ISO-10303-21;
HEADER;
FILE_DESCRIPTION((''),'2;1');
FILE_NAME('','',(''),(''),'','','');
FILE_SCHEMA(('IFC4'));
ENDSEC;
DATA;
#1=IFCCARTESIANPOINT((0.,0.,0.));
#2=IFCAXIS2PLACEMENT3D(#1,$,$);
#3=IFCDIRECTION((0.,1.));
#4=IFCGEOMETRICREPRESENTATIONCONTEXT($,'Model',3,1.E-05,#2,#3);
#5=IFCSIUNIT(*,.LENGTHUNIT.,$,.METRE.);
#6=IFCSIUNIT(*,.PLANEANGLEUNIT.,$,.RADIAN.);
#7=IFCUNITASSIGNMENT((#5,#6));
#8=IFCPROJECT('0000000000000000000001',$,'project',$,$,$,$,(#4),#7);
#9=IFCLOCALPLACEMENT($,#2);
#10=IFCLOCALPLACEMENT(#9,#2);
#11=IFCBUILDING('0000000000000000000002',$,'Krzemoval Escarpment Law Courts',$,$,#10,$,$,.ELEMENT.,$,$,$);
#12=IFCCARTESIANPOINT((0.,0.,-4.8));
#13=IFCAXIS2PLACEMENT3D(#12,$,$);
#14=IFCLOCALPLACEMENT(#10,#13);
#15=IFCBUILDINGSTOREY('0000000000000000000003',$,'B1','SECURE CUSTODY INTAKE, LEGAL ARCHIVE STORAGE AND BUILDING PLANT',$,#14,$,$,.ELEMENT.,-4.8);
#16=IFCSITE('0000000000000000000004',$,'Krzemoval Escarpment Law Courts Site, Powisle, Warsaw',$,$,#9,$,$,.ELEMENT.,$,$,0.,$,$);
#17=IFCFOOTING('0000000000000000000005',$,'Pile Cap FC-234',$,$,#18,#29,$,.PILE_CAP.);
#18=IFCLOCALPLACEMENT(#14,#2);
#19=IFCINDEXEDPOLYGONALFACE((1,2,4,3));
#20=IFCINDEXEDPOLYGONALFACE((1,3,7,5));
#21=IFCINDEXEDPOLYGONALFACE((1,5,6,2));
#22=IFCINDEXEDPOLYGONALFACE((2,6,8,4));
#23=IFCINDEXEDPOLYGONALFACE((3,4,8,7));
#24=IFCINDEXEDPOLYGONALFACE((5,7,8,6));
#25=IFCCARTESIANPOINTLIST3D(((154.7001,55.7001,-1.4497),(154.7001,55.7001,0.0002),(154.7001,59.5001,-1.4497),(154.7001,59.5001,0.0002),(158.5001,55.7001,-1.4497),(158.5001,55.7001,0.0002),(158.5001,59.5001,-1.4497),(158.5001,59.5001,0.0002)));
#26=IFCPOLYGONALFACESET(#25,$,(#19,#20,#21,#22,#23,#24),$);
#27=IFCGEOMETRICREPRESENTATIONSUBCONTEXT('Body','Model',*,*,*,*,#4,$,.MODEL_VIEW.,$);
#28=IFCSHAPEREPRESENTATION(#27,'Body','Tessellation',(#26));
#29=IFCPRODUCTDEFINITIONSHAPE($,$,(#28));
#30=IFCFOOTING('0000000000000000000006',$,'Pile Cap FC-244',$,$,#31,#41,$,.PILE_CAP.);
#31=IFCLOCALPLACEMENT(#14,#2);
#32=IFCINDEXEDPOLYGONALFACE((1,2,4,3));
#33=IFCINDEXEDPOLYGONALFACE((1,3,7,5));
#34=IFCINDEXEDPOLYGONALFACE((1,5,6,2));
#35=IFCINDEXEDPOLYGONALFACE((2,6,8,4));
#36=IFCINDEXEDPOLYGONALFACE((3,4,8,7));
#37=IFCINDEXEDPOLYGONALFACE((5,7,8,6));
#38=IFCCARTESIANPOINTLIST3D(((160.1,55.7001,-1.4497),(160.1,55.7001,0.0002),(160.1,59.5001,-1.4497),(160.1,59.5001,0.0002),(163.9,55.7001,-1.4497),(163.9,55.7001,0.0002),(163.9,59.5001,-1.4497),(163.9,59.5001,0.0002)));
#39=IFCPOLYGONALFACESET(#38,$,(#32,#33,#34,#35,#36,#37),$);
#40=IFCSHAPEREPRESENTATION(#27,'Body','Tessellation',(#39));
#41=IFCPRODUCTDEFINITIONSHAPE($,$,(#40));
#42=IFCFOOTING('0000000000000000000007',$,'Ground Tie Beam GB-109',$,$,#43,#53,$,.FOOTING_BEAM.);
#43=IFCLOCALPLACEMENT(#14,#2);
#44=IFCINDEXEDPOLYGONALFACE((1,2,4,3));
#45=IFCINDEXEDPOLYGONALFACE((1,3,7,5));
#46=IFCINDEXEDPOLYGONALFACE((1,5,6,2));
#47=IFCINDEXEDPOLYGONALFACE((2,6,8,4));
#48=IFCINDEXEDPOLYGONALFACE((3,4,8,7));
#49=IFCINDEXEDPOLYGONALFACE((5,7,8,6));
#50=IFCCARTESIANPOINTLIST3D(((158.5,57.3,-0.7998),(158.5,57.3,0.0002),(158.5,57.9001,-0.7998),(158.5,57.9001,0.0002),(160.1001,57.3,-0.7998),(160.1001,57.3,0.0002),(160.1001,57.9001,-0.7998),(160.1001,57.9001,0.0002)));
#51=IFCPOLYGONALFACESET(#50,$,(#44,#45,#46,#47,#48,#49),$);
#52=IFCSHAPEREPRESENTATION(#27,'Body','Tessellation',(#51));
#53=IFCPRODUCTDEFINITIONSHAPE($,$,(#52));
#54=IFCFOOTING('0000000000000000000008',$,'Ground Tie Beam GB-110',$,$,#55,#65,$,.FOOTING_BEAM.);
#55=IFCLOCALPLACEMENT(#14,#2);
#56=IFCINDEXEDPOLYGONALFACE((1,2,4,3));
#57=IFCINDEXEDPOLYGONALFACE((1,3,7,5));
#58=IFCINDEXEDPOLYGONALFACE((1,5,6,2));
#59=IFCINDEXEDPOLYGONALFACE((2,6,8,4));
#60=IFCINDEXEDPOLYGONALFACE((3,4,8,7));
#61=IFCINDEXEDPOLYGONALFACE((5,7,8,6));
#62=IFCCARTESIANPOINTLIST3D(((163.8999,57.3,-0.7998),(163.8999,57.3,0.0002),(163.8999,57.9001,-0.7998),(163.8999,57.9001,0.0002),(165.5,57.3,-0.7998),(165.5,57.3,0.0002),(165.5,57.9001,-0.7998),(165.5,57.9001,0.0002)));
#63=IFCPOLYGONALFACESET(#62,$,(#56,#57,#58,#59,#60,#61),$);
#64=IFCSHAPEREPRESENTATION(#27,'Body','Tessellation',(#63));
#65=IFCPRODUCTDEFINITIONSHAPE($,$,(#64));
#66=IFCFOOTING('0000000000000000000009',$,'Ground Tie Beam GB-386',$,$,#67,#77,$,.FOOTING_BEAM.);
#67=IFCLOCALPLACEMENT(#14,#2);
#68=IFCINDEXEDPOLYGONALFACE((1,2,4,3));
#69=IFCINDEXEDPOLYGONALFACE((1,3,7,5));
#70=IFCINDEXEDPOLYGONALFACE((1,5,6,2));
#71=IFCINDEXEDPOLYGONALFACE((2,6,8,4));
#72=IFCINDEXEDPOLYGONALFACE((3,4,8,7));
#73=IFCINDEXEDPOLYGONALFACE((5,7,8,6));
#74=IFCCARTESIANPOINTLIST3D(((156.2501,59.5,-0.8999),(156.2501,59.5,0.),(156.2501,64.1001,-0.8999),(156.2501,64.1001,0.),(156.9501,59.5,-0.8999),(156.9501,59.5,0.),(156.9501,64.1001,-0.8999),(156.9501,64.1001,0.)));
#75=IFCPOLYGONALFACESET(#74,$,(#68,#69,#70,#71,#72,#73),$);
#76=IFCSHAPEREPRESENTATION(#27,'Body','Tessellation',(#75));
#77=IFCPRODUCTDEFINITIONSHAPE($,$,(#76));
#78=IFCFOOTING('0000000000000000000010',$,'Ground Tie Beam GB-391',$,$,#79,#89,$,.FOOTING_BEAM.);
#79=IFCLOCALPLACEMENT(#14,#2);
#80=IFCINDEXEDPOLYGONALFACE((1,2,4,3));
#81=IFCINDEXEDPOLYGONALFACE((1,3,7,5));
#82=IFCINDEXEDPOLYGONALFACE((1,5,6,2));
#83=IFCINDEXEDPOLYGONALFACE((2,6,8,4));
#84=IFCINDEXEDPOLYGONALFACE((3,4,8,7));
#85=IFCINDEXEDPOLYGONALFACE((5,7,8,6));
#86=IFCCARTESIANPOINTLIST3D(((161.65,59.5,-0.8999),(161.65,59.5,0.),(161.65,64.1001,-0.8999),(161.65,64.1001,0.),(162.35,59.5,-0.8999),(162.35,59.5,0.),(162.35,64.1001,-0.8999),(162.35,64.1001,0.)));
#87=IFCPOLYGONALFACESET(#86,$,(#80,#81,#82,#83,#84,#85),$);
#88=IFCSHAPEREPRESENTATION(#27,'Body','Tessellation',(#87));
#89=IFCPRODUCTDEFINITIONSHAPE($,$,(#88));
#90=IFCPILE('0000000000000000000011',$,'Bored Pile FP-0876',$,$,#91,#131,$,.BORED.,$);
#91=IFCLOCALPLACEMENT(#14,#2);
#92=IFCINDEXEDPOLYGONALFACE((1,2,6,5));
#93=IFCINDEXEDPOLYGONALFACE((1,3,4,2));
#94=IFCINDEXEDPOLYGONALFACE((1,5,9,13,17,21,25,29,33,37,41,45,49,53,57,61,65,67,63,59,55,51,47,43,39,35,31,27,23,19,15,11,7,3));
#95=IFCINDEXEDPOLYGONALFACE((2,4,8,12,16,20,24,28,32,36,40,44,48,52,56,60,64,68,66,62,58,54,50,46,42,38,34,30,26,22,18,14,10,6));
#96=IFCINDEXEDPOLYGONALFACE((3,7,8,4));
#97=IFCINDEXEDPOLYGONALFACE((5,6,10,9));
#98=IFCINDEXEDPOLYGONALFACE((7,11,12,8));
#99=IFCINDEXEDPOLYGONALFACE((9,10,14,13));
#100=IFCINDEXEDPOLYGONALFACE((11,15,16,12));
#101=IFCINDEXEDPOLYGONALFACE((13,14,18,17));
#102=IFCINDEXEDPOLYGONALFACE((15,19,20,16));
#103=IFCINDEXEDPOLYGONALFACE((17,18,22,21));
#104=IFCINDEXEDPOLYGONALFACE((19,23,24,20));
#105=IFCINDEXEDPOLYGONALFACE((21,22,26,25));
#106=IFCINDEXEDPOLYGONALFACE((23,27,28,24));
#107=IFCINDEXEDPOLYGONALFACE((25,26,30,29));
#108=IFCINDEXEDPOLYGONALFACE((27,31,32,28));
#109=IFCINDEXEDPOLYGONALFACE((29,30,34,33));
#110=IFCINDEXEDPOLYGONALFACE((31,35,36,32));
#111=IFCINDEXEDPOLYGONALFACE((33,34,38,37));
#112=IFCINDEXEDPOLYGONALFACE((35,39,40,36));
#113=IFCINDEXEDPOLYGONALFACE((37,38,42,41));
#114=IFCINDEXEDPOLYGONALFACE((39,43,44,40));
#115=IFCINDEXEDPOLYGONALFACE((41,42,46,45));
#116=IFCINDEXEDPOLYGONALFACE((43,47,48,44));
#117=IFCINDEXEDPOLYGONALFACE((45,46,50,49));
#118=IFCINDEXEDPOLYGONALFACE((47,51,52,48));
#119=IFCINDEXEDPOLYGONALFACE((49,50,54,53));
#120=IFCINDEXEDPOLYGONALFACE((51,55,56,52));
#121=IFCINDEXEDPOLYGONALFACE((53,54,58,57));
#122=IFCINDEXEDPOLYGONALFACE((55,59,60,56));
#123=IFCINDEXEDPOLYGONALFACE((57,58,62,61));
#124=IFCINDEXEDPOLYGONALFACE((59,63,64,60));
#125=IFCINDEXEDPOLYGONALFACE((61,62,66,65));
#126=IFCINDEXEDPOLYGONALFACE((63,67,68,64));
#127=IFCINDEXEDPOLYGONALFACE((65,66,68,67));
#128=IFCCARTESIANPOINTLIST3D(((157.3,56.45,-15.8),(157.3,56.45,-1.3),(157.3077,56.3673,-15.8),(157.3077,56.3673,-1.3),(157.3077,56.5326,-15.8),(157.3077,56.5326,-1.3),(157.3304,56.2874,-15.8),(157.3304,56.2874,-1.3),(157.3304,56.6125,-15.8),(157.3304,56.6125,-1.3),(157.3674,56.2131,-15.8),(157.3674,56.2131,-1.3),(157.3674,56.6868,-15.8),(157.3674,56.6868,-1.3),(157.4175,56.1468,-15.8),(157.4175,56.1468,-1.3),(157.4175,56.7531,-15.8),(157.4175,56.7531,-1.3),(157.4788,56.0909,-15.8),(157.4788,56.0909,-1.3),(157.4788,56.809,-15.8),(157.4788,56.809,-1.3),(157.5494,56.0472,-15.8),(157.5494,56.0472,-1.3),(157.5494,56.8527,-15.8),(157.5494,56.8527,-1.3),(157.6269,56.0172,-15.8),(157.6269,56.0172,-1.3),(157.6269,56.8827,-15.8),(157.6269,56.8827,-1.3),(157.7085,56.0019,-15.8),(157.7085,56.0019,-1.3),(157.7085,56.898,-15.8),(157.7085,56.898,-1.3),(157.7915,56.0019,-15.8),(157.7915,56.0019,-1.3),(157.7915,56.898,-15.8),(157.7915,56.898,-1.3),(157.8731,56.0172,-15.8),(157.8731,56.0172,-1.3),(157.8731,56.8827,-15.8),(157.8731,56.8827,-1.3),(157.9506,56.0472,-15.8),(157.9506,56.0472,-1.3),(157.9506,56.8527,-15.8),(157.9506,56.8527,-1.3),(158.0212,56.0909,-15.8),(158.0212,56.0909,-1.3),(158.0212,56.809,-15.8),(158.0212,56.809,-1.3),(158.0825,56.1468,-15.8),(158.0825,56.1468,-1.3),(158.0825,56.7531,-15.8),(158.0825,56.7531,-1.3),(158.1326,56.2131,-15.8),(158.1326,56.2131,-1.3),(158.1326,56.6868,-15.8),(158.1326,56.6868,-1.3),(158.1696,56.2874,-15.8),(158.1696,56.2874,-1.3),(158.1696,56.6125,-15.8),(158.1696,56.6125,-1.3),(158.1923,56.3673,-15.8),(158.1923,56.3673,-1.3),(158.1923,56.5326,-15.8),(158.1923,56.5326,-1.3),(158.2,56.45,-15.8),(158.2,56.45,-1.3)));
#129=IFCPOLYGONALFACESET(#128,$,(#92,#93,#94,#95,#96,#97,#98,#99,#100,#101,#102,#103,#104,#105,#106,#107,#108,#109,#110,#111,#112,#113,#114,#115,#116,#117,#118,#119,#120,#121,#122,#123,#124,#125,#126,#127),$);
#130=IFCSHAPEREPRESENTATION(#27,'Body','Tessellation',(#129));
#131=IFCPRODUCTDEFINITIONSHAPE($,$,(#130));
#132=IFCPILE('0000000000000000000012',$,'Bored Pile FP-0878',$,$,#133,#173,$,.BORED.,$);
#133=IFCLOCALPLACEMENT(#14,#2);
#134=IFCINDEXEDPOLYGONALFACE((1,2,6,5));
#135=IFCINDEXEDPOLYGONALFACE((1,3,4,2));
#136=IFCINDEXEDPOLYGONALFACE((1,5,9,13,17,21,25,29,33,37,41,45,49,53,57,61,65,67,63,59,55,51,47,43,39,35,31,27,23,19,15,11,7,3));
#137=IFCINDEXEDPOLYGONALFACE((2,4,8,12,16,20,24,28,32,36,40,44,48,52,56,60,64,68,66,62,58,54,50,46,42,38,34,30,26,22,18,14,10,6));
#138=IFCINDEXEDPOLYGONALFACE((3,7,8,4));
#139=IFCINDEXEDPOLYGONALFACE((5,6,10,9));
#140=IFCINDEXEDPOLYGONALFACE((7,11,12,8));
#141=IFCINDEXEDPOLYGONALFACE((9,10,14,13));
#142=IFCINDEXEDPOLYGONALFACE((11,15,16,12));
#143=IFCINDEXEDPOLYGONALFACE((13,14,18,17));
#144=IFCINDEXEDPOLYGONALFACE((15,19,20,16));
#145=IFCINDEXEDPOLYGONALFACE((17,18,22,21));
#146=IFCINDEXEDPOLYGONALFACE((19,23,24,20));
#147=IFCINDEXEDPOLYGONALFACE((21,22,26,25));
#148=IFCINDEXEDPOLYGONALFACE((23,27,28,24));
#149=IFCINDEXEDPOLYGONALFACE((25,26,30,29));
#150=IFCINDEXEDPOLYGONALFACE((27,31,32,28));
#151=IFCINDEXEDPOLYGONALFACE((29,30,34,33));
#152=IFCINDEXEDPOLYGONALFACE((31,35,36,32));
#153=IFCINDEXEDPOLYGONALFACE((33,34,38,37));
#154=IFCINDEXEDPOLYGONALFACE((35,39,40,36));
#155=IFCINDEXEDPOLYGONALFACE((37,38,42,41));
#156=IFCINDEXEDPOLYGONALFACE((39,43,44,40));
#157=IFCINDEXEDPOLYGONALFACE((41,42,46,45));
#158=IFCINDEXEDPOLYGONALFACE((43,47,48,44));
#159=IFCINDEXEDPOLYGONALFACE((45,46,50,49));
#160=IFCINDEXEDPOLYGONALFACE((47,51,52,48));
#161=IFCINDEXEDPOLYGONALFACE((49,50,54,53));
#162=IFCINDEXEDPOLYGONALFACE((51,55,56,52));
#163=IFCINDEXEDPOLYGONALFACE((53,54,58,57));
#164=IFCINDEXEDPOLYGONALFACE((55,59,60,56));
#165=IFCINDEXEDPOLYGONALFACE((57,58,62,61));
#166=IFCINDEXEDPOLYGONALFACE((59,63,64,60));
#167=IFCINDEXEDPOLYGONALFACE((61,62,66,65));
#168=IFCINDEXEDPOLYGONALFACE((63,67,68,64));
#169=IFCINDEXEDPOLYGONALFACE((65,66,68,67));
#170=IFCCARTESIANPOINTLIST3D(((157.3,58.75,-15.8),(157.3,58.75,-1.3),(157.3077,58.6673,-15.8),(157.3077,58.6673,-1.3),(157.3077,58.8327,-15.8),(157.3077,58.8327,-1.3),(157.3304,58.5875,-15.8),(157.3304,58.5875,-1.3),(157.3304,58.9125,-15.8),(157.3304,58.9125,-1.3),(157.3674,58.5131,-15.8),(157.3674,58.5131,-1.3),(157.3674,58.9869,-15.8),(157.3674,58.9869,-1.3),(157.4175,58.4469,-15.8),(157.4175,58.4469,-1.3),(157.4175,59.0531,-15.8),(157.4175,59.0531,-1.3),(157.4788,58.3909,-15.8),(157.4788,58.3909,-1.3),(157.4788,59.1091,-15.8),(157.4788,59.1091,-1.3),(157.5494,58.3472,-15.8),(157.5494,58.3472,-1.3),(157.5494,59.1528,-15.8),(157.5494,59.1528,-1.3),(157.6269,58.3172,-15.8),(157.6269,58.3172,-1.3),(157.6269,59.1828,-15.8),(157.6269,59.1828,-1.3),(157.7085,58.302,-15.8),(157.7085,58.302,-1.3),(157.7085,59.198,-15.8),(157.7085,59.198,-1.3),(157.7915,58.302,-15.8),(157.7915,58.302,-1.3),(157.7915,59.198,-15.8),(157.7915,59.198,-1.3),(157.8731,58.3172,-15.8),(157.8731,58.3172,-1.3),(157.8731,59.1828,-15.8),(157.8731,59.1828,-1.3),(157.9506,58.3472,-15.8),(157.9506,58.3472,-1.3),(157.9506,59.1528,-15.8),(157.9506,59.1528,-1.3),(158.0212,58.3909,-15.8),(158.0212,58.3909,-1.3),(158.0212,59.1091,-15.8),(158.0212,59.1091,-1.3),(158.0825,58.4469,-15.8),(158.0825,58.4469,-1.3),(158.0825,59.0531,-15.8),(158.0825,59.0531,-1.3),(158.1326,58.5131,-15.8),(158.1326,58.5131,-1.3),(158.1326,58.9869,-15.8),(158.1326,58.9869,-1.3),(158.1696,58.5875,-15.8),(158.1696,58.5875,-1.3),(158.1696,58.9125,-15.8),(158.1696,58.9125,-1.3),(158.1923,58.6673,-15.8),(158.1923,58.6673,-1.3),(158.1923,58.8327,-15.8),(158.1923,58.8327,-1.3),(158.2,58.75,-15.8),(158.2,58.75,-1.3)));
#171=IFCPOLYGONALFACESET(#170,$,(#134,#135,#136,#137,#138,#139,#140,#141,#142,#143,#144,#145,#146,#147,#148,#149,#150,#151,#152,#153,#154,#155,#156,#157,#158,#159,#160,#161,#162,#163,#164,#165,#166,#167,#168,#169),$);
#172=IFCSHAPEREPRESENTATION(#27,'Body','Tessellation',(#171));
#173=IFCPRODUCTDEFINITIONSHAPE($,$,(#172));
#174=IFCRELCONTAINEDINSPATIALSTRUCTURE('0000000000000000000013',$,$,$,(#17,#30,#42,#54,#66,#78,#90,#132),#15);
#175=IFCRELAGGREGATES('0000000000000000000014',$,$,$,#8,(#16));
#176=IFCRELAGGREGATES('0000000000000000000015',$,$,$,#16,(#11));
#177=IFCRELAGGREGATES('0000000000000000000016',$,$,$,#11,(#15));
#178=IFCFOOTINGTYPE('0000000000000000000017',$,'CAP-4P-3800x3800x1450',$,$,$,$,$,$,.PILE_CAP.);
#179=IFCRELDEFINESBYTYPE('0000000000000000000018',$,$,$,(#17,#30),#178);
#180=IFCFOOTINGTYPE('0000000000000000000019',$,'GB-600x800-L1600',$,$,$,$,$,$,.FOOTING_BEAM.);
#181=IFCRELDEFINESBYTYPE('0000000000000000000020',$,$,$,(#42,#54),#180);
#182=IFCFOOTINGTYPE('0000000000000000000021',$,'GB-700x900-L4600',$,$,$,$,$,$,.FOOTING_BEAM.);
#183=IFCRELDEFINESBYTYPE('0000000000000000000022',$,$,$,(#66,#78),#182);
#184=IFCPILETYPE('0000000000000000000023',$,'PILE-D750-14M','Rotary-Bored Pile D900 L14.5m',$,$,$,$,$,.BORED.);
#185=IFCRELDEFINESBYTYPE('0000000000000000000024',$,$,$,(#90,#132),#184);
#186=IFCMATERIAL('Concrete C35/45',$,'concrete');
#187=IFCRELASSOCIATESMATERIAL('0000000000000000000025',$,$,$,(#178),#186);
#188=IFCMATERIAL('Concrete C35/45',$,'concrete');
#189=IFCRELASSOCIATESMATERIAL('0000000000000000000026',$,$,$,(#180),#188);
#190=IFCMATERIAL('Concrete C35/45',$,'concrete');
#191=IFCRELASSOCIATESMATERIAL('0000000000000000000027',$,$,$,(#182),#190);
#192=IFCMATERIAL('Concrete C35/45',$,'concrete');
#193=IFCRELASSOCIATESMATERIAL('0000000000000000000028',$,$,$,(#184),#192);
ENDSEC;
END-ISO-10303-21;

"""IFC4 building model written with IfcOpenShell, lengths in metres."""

from ifc_helpers import new_model, si_unit, direction, frame, origin, origin_2d, place, context, subcontext, project, spatial, rectangle, circle, extrude, material, material_profile, profile_set, type_object, element, save


model = new_model("IFC4")

# Units and contexts
model_context = context("Model", 3, precision=1e-05, world=origin(), true_north=direction((0.0, 1.0)))
body_context = subcontext(model_context, "Body", "Model", "MODEL_VIEW")
ifc_project = project(units=[si_unit("LENGTHUNIT", "METRE"), si_unit("PLANEANGLEUNIT", "RADIAN")], contexts=[model_context])

# Site, building, storey
site_placement = place(None, origin())
site = spatial("IfcSite", under=ifc_project, at=site_placement, Name="Krzemoval Escarpment Law Courts Site, Powisle, Warsaw", CompositionType="ELEMENT", RefElevation=0.0)
building_placement = place(site_placement, origin())
building = spatial("IfcBuilding", under=site, at=building_placement, Name="Krzemoval Escarpment Law Courts", CompositionType="ELEMENT")
storey_placement = place(building_placement, frame((0.0, 0.0, -4.8)))
storey = spatial("IfcBuildingStorey", under=building, at=storey_placement, Name="B1", Description="SECURE CUSTODY INTAKE, LEGAL ARCHIVE STORAGE AND BUILDING PLANT", CompositionType="ELEMENT", Elevation=-4.8)

# Footings
ifc_material_1 = material(Name="Concrete C35/45", Category="concrete")
footing_type_1 = type_object("IfcFootingType", Name="CAP-4P-3800x3800x1450", PredefinedType="PILE_CAP", material=ifc_material_1)
for number, where, z_axis, x_axis, name in (
    (1, (156.6001, 57.6001, -1.4497), (0.0, 0.0, 1.0), (1.0, 0.0, 0.0), "Pile Cap FC-234"),
    (2, (162.0, 57.6001, -1.4497), (0.0, 0.0, 1.0), (1.0, 0.0, 0.0), "Pile Cap FC-244"),
):
    element("IfcFooting", number, at=place(storey_placement, frame(where, z_axis=z_axis, x_axis=x_axis)), inside=storey, type_object=footing_type_1, Name=name, PredefinedType="PILE_CAP", context=body_context, shape_type="SweptSolid", body=[
        extrude(rectangle(XDim=3.8, YDim=3.8, at=origin_2d()), origin(), (0.0, 0.0, 1.0), 1.45),
    ])
ifc_material_2 = material(Name="Concrete C35/45", Category="concrete")
footing_type_2 = type_object("IfcFootingType", Name="GB-600x800-L1600", PredefinedType="FOOTING_BEAM", material=ifc_material_2)
for number, where, z_axis, x_axis, name in (
    (3, (159.3, 57.6001, -0.7998), (0.0, 0.0, 1.0), (1.0, 0.0, 0.0), "Ground Tie Beam GB-109"),
    (4, (164.7, 57.6001, -0.7998), (0.0, 0.0, 1.0), (1.0, 0.0, 0.0), "Ground Tie Beam GB-110"),
):
    element("IfcFooting", number, at=place(storey_placement, frame(where, z_axis=z_axis, x_axis=x_axis)), inside=storey, type_object=footing_type_2, Name=name, PredefinedType="FOOTING_BEAM", context=body_context, shape_type="SweptSolid", body=[
        extrude(rectangle(XDim=1.6001, YDim=0.6001, at=origin_2d()), origin(), (0.0, 0.0, 1.0), 0.8),
    ])
ifc_material_3 = material(Name="Concrete C35/45", Category="concrete")
footing_type_3 = type_object("IfcFootingType", Name="GB-700x900-L4600", PredefinedType="FOOTING_BEAM", material=ifc_material_3)
for number, where, z_axis, x_axis, name in (
    (5, (156.6001, 61.8, -0.8999), (0.0, 0.0, 1.0), (0.0, 1.0, 0.0), "Ground Tie Beam GB-386"),
    (6, (162.0, 61.8, -0.8999), (0.0, 0.0, 1.0), (0.0, 1.0, 0.0), "Ground Tie Beam GB-391"),
):
    element("IfcFooting", number, at=place(storey_placement, frame(where, z_axis=z_axis, x_axis=x_axis)), inside=storey, type_object=footing_type_3, Name=name, PredefinedType="FOOTING_BEAM", context=body_context, shape_type="SweptSolid", body=[
        extrude(rectangle(XDim=4.6001, YDim=0.7, at=origin_2d()), origin(), (0.0, 0.0, 1.0), 0.8999),
    ])

# Piles
ifc_material_4 = material(Name="Concrete C35/45", Category="concrete")
ifc_material_profile_1 = material_profile(ifc_material_4, circle(Radius=0.45, at=origin_2d()), Name="PILE D900")
ifc_profile_set_1 = profile_set([ifc_material_profile_1], Name="Concrete C35/45")
pile_type = type_object("IfcPileType", Name="PILE-D750-14M", Description="Rotary-Bored Pile D900 L14.5m", PredefinedType="BORED", material=ifc_profile_set_1)
for number, where, z_axis, x_axis, name in (
    (7, (157.75, 56.45, -1.3), (0.0, 0.0, -1.0), (1.0, 0.0, 0.0), "Bored Pile FP-0876"),
    (8, (157.75, 58.75, -1.3), (0.0, 0.0, -1.0), (1.0, 0.0, 0.0), "Bored Pile FP-0878"),
):
    element("IfcPile", number, at=place(storey_placement, frame(where, z_axis=z_axis, x_axis=x_axis)), inside=storey, type_object=pile_type, Name=name, PredefinedType="BORED", context=body_context, shape_type="SweptSolid", body=[
        extrude(circle(Radius=0.45, at=origin_2d()), origin(), (0.0, 0.0, 1.0), 14.5),
    ])

save(model, "model.ifc")
